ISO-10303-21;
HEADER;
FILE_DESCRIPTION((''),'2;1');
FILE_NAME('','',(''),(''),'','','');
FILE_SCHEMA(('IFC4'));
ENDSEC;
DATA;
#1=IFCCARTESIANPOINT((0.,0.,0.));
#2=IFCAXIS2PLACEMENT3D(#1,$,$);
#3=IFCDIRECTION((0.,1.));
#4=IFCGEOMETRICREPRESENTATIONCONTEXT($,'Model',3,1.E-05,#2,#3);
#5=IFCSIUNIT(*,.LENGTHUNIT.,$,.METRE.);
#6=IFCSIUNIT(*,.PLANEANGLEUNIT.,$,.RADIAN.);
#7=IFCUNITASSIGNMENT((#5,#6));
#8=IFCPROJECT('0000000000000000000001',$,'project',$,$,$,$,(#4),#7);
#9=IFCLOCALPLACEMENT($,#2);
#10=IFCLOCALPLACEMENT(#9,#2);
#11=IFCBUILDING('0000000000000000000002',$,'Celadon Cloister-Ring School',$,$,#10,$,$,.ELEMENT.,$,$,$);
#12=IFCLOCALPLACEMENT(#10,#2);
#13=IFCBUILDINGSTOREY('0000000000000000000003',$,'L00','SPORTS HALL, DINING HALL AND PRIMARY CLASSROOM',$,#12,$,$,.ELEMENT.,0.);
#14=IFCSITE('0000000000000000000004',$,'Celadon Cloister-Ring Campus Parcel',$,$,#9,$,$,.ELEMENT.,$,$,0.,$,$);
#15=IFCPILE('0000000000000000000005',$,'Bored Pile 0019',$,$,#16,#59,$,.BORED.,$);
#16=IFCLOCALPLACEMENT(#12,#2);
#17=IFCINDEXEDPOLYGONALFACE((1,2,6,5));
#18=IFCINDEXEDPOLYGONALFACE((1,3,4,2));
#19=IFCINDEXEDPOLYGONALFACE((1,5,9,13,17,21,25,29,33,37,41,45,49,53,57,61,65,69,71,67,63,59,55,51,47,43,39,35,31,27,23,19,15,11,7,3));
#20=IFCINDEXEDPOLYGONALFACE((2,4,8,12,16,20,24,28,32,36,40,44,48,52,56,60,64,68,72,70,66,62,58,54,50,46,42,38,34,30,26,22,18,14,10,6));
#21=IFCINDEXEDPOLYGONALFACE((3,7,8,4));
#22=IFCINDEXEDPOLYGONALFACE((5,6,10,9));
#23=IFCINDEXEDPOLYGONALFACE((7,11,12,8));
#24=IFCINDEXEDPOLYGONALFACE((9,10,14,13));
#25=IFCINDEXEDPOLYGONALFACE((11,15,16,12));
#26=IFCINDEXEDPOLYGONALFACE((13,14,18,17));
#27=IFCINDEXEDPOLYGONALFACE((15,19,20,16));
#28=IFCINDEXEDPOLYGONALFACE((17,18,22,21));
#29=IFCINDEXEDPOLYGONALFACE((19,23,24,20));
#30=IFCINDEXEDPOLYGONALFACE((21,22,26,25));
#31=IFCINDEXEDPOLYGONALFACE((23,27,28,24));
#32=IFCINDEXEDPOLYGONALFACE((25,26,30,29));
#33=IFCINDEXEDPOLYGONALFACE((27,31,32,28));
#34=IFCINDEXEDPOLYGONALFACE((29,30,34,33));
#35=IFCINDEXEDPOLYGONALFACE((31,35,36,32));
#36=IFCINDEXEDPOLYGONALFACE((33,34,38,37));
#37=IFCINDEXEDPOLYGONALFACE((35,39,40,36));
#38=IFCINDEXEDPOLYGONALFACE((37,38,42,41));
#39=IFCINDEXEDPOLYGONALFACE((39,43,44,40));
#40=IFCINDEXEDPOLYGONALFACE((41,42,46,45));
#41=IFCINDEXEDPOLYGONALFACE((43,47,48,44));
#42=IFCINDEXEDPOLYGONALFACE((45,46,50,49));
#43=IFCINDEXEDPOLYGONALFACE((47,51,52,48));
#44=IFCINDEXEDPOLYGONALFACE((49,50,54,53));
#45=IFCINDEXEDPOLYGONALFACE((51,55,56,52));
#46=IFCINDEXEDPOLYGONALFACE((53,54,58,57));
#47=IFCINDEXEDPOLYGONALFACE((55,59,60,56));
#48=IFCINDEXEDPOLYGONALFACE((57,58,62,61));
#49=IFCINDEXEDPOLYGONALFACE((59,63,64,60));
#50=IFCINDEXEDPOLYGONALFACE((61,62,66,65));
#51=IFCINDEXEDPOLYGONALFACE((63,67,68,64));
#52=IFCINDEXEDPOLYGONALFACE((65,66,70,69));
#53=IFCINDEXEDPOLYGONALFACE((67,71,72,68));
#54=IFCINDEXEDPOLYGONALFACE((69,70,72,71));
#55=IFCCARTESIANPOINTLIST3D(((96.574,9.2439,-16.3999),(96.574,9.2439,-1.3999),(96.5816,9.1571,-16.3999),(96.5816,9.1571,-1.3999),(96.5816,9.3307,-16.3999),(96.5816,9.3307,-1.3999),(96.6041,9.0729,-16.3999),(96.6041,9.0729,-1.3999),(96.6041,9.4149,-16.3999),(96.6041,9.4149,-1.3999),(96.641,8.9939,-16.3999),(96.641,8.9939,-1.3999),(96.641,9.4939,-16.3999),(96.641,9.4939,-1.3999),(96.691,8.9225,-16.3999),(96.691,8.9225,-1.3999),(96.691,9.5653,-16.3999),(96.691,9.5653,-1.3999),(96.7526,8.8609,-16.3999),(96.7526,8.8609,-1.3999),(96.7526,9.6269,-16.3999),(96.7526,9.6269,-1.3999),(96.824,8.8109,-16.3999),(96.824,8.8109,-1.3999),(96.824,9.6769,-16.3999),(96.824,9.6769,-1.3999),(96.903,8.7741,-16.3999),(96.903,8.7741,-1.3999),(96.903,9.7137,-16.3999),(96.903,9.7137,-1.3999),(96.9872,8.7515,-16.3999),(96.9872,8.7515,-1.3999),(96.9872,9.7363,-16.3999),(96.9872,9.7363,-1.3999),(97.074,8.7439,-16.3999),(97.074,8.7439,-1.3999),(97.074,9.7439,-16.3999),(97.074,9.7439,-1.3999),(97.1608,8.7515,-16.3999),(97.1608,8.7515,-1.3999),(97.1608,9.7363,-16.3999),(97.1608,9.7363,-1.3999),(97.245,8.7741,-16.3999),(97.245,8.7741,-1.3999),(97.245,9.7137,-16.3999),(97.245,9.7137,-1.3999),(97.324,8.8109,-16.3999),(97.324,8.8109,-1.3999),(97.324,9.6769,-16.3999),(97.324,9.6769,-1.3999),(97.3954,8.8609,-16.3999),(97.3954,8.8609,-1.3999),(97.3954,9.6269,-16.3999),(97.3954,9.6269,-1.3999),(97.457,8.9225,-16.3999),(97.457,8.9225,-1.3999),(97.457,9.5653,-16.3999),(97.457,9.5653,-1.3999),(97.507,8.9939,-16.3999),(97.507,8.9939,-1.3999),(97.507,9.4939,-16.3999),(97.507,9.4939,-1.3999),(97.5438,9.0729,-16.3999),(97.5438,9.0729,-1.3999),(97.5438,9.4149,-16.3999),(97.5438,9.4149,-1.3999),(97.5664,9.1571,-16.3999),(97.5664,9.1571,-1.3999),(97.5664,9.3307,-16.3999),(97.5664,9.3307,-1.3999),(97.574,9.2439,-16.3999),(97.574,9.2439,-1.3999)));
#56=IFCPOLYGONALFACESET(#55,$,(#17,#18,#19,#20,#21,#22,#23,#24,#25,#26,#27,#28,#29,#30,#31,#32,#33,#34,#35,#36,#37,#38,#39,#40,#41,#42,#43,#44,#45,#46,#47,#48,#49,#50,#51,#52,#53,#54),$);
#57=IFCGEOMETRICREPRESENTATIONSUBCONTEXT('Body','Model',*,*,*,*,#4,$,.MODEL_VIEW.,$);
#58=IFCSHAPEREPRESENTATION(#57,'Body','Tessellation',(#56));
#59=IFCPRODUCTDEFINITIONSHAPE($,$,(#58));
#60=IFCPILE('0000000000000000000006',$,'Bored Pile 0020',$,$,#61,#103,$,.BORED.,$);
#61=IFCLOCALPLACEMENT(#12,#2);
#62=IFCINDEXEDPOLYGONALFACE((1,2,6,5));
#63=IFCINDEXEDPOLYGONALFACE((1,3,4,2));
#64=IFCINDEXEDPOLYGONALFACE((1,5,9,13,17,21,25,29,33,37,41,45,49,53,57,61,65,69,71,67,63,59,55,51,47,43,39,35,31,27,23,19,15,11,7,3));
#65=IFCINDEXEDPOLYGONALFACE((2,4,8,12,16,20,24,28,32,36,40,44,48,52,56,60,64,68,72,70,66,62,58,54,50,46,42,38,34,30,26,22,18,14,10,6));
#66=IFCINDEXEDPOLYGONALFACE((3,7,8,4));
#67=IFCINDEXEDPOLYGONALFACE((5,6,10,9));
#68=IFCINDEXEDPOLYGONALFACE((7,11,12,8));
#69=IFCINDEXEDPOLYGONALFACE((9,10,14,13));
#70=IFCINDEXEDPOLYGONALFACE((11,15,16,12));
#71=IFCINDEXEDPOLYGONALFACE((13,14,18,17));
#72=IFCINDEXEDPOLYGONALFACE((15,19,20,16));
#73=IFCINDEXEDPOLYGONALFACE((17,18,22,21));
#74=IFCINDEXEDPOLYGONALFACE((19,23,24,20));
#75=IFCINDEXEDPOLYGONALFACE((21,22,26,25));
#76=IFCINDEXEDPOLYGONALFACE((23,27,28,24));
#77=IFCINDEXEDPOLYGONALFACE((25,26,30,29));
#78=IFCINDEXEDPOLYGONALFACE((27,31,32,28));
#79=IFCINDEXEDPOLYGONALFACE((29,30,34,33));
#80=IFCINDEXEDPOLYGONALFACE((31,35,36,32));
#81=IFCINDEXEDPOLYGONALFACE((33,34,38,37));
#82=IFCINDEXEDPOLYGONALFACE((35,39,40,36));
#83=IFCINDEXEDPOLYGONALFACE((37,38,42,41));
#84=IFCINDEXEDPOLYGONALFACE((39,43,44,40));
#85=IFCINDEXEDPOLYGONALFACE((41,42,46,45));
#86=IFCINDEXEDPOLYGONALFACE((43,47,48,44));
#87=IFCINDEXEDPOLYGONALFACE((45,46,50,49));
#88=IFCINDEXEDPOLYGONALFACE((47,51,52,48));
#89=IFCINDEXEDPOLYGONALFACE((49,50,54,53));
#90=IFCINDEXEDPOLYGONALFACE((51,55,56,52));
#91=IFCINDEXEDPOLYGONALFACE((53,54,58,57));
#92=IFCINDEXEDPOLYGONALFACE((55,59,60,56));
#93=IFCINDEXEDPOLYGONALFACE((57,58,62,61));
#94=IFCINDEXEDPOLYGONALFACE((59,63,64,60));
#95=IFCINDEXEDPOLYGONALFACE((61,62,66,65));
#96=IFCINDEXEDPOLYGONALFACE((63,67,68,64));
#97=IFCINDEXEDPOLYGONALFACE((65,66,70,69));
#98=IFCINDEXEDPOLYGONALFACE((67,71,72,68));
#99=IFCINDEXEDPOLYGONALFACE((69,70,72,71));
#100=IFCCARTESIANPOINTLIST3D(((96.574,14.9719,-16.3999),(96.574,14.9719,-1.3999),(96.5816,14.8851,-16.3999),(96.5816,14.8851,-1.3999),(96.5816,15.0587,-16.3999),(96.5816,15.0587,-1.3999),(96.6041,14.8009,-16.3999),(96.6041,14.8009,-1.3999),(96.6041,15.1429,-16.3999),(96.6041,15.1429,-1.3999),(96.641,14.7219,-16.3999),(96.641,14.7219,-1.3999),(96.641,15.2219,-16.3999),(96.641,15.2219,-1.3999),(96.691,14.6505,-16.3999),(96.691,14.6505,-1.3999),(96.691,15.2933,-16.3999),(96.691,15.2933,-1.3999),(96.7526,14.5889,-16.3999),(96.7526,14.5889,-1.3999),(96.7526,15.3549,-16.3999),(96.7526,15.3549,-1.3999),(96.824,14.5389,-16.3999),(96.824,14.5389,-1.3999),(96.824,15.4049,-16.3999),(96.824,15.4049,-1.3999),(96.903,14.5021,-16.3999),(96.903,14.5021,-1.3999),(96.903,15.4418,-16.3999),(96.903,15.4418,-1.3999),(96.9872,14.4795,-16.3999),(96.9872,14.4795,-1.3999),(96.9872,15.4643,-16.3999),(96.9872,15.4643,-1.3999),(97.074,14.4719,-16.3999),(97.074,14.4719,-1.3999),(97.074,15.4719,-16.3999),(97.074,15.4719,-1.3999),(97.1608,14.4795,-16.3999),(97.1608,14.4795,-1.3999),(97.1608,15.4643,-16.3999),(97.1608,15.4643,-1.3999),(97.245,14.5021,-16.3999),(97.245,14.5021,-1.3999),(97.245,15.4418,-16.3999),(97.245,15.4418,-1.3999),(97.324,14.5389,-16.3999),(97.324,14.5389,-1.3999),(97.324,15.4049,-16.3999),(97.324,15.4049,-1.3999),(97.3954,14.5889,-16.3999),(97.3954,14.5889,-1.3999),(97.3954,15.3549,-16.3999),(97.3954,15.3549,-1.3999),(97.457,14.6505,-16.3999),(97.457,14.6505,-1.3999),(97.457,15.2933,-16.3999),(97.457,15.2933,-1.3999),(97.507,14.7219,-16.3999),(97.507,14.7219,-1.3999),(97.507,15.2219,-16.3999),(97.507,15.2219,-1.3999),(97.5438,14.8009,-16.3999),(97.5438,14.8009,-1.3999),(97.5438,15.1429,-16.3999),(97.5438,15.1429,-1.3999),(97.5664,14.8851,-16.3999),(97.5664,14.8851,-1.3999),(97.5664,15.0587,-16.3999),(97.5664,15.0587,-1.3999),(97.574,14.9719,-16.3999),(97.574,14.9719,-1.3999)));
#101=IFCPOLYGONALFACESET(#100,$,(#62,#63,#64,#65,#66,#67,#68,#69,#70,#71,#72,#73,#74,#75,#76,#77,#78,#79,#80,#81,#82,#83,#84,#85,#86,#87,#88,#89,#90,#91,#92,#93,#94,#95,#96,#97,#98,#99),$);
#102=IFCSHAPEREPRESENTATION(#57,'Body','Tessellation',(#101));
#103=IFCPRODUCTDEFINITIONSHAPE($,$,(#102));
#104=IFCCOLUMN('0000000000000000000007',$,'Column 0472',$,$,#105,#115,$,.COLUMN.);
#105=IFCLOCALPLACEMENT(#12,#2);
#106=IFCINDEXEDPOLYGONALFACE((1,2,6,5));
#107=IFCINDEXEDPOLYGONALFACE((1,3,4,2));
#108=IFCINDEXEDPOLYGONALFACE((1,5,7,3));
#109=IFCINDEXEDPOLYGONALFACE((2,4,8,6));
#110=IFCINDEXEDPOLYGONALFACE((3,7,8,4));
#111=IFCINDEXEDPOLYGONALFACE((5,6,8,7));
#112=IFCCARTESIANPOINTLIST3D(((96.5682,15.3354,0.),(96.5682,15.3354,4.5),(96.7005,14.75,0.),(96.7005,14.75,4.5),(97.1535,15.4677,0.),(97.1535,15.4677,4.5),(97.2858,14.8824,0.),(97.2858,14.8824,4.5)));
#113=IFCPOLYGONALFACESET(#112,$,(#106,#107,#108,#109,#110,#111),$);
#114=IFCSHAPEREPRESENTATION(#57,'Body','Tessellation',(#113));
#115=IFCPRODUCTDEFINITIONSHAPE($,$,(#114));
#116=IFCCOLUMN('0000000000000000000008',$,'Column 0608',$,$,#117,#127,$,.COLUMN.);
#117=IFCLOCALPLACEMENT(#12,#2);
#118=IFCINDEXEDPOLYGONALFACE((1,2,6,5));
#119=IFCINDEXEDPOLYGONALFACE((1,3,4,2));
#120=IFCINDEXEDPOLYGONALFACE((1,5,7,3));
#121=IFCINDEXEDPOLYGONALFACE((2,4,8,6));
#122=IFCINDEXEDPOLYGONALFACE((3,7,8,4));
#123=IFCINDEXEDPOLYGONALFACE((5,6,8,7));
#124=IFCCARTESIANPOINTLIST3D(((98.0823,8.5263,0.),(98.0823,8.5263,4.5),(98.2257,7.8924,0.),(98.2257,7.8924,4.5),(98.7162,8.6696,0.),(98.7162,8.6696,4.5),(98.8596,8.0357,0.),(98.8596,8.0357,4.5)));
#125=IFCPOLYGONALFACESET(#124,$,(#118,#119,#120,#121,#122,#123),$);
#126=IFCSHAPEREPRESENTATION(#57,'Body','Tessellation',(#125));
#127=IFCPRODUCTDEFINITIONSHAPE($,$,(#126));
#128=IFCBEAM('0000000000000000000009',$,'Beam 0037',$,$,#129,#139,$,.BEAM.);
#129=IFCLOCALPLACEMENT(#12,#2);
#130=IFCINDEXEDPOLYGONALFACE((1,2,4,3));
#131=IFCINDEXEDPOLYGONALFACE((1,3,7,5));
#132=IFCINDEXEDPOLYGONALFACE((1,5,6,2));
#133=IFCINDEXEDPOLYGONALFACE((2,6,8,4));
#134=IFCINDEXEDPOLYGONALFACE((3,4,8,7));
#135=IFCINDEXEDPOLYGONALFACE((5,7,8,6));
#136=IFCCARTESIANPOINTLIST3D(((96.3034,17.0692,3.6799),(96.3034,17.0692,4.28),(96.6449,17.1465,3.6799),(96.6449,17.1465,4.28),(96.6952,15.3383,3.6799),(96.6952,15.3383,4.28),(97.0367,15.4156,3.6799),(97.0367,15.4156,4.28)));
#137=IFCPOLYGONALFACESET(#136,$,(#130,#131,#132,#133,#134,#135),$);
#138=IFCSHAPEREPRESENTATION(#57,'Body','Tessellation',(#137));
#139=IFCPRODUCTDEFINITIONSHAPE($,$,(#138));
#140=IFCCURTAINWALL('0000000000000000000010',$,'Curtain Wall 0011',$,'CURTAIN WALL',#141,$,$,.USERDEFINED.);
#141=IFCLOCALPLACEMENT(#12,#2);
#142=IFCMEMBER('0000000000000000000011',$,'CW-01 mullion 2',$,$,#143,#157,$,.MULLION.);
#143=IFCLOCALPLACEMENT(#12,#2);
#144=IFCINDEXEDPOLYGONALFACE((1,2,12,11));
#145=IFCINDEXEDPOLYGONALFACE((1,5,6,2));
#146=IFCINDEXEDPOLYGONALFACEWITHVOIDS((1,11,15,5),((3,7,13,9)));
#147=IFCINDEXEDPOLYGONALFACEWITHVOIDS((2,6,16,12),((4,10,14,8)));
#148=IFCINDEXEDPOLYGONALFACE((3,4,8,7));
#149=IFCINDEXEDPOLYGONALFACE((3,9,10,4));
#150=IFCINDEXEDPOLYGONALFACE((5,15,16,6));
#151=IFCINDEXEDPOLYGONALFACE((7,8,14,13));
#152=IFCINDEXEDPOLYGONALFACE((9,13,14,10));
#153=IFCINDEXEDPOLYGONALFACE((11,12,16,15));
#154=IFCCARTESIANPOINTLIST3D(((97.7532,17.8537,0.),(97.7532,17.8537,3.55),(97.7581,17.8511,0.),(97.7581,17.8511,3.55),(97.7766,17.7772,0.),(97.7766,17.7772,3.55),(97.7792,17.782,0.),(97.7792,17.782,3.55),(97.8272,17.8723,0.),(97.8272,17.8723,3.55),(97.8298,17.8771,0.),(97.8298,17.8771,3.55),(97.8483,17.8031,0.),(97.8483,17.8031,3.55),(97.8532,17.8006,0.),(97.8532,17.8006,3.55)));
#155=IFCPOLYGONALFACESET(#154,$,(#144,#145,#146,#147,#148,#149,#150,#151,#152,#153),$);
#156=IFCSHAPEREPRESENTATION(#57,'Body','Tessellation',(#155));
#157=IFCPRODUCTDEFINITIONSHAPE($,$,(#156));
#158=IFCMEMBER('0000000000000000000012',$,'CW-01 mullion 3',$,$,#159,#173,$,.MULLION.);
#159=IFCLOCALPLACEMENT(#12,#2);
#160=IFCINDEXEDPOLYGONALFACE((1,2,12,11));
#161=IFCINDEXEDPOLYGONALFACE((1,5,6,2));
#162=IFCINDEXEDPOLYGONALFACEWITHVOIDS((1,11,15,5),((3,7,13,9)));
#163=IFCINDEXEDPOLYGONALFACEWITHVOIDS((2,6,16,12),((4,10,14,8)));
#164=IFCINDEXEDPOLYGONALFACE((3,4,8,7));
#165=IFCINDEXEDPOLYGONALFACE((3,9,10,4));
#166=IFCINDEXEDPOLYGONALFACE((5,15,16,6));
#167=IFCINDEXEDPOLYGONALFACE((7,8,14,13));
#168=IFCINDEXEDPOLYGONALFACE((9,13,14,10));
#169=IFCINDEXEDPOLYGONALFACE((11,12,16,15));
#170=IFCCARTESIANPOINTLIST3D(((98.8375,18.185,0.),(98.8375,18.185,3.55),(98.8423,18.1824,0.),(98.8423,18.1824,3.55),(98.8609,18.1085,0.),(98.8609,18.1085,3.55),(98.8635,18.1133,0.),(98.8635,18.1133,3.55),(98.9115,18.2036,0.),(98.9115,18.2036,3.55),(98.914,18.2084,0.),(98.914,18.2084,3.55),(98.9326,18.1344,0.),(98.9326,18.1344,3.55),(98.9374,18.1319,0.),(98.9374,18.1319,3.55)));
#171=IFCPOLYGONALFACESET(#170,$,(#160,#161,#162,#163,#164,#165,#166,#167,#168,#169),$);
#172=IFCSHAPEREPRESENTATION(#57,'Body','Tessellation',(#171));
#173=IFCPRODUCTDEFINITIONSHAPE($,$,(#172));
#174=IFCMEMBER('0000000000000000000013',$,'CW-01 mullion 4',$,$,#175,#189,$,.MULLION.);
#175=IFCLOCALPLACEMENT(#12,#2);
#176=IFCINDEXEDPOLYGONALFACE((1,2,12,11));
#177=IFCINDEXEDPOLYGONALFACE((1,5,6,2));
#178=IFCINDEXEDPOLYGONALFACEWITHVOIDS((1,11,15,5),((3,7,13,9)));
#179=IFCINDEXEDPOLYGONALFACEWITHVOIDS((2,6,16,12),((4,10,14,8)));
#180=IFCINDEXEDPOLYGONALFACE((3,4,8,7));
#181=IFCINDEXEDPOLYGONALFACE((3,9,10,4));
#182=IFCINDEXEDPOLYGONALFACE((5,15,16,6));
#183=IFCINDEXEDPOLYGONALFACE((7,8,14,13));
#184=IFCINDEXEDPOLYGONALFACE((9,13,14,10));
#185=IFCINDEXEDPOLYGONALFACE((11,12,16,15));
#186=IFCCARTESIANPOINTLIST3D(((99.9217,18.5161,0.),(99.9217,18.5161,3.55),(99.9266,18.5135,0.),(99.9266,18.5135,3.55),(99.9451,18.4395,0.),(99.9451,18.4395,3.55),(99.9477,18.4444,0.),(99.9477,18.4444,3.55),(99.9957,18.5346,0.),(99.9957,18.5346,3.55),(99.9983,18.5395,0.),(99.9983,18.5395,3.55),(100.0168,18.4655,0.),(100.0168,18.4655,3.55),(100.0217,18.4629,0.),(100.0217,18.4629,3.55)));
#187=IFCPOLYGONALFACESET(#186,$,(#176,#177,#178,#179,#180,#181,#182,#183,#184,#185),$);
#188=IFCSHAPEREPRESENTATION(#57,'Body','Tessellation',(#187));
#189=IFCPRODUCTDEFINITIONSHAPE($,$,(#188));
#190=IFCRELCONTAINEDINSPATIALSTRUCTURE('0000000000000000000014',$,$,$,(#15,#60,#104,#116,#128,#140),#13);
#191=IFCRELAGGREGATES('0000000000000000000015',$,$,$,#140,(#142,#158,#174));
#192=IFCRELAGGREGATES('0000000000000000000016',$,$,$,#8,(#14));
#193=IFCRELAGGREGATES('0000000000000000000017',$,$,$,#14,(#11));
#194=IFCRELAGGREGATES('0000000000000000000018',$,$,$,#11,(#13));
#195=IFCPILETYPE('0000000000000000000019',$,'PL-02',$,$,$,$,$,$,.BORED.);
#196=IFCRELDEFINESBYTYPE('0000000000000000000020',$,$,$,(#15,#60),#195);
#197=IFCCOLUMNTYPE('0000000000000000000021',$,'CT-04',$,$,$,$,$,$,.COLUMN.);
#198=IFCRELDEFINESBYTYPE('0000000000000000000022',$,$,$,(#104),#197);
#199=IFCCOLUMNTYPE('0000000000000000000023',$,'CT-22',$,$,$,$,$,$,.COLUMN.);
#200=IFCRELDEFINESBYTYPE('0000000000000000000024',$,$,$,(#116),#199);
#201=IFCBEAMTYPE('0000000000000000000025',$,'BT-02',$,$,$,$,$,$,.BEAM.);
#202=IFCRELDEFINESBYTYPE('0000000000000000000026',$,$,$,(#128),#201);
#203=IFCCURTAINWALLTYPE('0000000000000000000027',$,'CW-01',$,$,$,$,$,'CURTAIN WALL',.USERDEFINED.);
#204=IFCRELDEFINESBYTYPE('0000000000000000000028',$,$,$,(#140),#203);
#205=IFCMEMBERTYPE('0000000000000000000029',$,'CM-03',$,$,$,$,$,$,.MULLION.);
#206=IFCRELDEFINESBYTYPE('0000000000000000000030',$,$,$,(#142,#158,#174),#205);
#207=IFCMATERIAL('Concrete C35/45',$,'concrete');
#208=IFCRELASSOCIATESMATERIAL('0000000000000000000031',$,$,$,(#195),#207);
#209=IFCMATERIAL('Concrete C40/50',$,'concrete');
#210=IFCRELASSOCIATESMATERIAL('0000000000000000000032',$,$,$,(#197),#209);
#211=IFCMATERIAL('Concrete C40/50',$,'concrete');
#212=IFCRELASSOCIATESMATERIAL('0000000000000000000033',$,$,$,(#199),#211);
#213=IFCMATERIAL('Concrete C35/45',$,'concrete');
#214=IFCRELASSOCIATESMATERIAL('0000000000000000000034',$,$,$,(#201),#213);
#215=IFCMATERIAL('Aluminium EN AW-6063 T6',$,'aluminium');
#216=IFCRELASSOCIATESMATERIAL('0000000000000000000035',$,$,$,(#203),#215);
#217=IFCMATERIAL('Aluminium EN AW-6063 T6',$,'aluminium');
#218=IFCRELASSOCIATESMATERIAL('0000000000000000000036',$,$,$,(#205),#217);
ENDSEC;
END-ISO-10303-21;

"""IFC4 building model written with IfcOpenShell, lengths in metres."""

from ifc_helpers import new_model, si_unit, direction, frame, origin, origin_2d, place, context, subcontext, project, spatial, rectangle, hollow_rectangle, circle, extrude, material, material_profile, profile_set, type_object, element, aggregate, save


model = new_model("IFC4")

# Units and contexts
model_context = context("Model", 3, precision=1e-05, world=origin(), true_north=direction((0.0, 1.0)))
body_context = subcontext(model_context, "Body", "Model", "MODEL_VIEW")
ifc_project = project(units=[si_unit("LENGTHUNIT", "METRE"), si_unit("PLANEANGLEUNIT", "RADIAN")], contexts=[model_context])

# Site, building, storey
site_placement = place(None, origin())
site = spatial("IfcSite", under=ifc_project, at=site_placement, Name="Celadon Cloister-Ring Campus Parcel", CompositionType="ELEMENT", RefElevation=0.0)
building_placement = place(site_placement, origin())
building = spatial("IfcBuilding", under=site, at=building_placement, Name="Celadon Cloister-Ring School", CompositionType="ELEMENT")
storey_placement = place(building_placement, origin())
storey = spatial("IfcBuildingStorey", under=building, at=storey_placement, Name="L00", Description="SPORTS HALL, DINING HALL AND PRIMARY CLASSROOM", CompositionType="ELEMENT", Elevation=0.0)

# Piles
ifc_material_1 = material(Name="Concrete C35/45", Category="concrete")
ifc_material_profile_1 = material_profile(ifc_material_1, circle(Radius=0.5, at=origin_2d()), Name="PILE1000")
ifc_profile_set_1 = profile_set([ifc_material_profile_1], Name="Concrete C35/45")
pile_type = type_object("IfcPileType", Name="PL-02", PredefinedType="BORED", material=ifc_profile_set_1)
for number, where, z_axis, x_axis, name in (
    (1, (97.074, 9.2439, -1.3999), (0.0, 0.0, -1.0), (1.0, 0.0, 0.0), "Bored Pile 0019"),
    (2, (97.074, 14.9719, -1.3999), (0.0, 0.0, -1.0), (1.0, 0.0, 0.0), "Bored Pile 0020"),
):
    element("IfcPile", number, at=place(storey_placement, frame(where, z_axis=z_axis, x_axis=x_axis)), inside=storey, type_object=pile_type, Name=name, PredefinedType="BORED", context=body_context, shape_type="SweptSolid", body=[
        extrude(circle(Radius=0.5, at=origin_2d()), origin(), (0.0, 0.0, 1.0), 15.0),
    ])

# Columns
ifc_material_2 = material(Name="Concrete C40/50", Category="concrete")
ifc_material_profile_2 = material_profile(ifc_material_2, rectangle(XDim=0.6001, YDim=0.6001, at=origin_2d()), Name="RC600X600")
ifc_profile_set_2 = profile_set([ifc_material_profile_2], Name="Concrete C40/50")
column_type_1 = type_object("IfcColumnType", Name="CT-04", PredefinedType="COLUMN", material=ifc_profile_set_2)
column_1_placement = place(storey_placement, frame((96.927, 15.1089, 0.0), z_axis=(0.0, 0.0, 1.0), x_axis=(0.220595, -0.975365, 0.0)))
element("IfcColumn", 3, at=column_1_placement, inside=storey, type_object=column_type_1, Name="Column 0472", PredefinedType="COLUMN", context=body_context, shape_type="SweptSolid", body=[
    extrude(rectangle(XDim=0.6001, YDim=0.6001, at=origin_2d()), origin(), (0.0, 0.0, 1.0), 4.5),
])
ifc_material_3 = material(Name="Concrete C40/50", Category="concrete")
ifc_material_profile_3 = material_profile(ifc_material_3, rectangle(XDim=0.6499, YDim=0.6499, at=origin_2d()), Name="RC650X650")
ifc_profile_set_3 = profile_set([ifc_material_profile_3], Name="Concrete C40/50")
column_type_2 = type_object("IfcColumnType", Name="CT-22", PredefinedType="COLUMN", material=ifc_profile_set_3)
column_2_placement = place(storey_placement, frame((98.4709, 8.281, 0.0), z_axis=(0.0, 0.0, 1.0), x_axis=(0.220595, -0.975365, 0.0)))
element("IfcColumn", 4, at=column_2_placement, inside=storey, type_object=column_type_2, Name="Column 0608", PredefinedType="COLUMN", context=body_context, shape_type="SweptSolid", body=[
    extrude(rectangle(XDim=0.6499, YDim=0.6499, at=origin_2d()), origin(), (0.0, 0.0, 1.0), 4.5),
])

# Beam
ifc_material_4 = material(Name="Concrete C35/45", Category="concrete")
ifc_material_profile_4 = material_profile(ifc_material_4, rectangle(XDim=0.3501, YDim=0.6001, at=origin_2d()), Name="RC350X600")
ifc_profile_set_4 = profile_set([ifc_material_profile_4], Name="Concrete C35/45")
beam_type_1 = type_object("IfcBeamType", Name="BT-02", PredefinedType="BEAM", material=ifc_profile_set_4)
beam_1_placement = place(storey_placement, frame((96.866, 15.377, 3.98), z_axis=(-0.220789, 0.975322, 0.0), x_axis=(-0.975322, -0.220789, 0.0)))
element("IfcBeam", 5, at=beam_1_placement, inside=storey, type_object=beam_type_1, Name="Beam 0037", PredefinedType="BEAM", context=body_context, shape_type="SweptSolid", body=[
    extrude(rectangle(XDim=0.3501, YDim=0.6001, at=origin_2d()), origin(), (0.0, 0.0, 1.0), 1.7747),
])

# Curtain wall, members
ifc_material_5 = material(Name="Aluminium EN AW-6063 T6", Category="aluminium")
curtain_wall_type = type_object("IfcCurtainWallType", Name="CW-01", ElementType="CURTAIN WALL", PredefinedType="USERDEFINED", material=ifc_material_5)
curtain_wall_placement = place(storey_placement, origin())
curtain_wall = element("IfcCurtainWall", 6, at=curtain_wall_placement, inside=storey, type_object=curtain_wall_type, Name="Curtain Wall 0011", ObjectType="CURTAIN WALL", PredefinedType="USERDEFINED")
ifc_material_6 = material(Name="Aluminium EN AW-6063 T6", Category="aluminium")
ifc_material_profile_5 = material_profile(ifc_material_6, hollow_rectangle(XDim=0.0801, YDim=0.0801, WallThickness=0.0039, at=origin_2d()), Name="RHS80X80X4")
ifc_profile_set_5 = profile_set([ifc_material_profile_5], Name="Aluminium EN AW-6063 T6")
member_type_1 = type_object("IfcMemberType", Name="CM-03", PredefinedType="MULLION", material=ifc_profile_set_5)
member_1_placement = place(storey_placement, frame((97.8032, 17.8271, 0.0), z_axis=(0.0, 0.0, 1.0), x_axis=(-0.292151, 0.956372, 0.0)))
member_1 = element("IfcMember", 7, at=member_1_placement, type_object=member_type_1, Name="CW-01 mullion 2", PredefinedType="MULLION", context=body_context, shape_type="SweptSolid", body=[
    extrude(hollow_rectangle(XDim=0.0801, YDim=0.0801, WallThickness=0.0039, at=origin_2d()), origin(), (0.0, 0.0, 1.0), 3.55),
])
member_2_placement = place(storey_placement, frame((98.8875, 18.1584, 0.0), z_axis=(0.0, 0.0, 1.0), x_axis=(-0.292151, 0.956372, 0.0)))
member_2 = element("IfcMember", 8, at=member_2_placement, type_object=member_type_1, Name="CW-01 mullion 3", PredefinedType="MULLION", context=body_context, shape_type="SweptSolid", body=[
    extrude(hollow_rectangle(XDim=0.0801, YDim=0.0801, WallThickness=0.0039, at=origin_2d()), origin(), (0.0, 0.0, 1.0), 3.55),
])
member_3_placement = place(storey_placement, frame((99.9717, 18.4895, 0.0), z_axis=(0.0, 0.0, 1.0), x_axis=(-0.292151, 0.956372, 0.0)))
member_3 = element("IfcMember", 9, at=member_3_placement, type_object=member_type_1, Name="CW-01 mullion 4", PredefinedType="MULLION", context=body_context, shape_type="SweptSolid", body=[
    extrude(hollow_rectangle(XDim=0.0801, YDim=0.0801, WallThickness=0.0039, at=origin_2d()), origin(), (0.0, 0.0, 1.0), 3.55),
])

aggregate(curtain_wall, [member_1, member_2, member_3])

save(model, "model.ifc")
